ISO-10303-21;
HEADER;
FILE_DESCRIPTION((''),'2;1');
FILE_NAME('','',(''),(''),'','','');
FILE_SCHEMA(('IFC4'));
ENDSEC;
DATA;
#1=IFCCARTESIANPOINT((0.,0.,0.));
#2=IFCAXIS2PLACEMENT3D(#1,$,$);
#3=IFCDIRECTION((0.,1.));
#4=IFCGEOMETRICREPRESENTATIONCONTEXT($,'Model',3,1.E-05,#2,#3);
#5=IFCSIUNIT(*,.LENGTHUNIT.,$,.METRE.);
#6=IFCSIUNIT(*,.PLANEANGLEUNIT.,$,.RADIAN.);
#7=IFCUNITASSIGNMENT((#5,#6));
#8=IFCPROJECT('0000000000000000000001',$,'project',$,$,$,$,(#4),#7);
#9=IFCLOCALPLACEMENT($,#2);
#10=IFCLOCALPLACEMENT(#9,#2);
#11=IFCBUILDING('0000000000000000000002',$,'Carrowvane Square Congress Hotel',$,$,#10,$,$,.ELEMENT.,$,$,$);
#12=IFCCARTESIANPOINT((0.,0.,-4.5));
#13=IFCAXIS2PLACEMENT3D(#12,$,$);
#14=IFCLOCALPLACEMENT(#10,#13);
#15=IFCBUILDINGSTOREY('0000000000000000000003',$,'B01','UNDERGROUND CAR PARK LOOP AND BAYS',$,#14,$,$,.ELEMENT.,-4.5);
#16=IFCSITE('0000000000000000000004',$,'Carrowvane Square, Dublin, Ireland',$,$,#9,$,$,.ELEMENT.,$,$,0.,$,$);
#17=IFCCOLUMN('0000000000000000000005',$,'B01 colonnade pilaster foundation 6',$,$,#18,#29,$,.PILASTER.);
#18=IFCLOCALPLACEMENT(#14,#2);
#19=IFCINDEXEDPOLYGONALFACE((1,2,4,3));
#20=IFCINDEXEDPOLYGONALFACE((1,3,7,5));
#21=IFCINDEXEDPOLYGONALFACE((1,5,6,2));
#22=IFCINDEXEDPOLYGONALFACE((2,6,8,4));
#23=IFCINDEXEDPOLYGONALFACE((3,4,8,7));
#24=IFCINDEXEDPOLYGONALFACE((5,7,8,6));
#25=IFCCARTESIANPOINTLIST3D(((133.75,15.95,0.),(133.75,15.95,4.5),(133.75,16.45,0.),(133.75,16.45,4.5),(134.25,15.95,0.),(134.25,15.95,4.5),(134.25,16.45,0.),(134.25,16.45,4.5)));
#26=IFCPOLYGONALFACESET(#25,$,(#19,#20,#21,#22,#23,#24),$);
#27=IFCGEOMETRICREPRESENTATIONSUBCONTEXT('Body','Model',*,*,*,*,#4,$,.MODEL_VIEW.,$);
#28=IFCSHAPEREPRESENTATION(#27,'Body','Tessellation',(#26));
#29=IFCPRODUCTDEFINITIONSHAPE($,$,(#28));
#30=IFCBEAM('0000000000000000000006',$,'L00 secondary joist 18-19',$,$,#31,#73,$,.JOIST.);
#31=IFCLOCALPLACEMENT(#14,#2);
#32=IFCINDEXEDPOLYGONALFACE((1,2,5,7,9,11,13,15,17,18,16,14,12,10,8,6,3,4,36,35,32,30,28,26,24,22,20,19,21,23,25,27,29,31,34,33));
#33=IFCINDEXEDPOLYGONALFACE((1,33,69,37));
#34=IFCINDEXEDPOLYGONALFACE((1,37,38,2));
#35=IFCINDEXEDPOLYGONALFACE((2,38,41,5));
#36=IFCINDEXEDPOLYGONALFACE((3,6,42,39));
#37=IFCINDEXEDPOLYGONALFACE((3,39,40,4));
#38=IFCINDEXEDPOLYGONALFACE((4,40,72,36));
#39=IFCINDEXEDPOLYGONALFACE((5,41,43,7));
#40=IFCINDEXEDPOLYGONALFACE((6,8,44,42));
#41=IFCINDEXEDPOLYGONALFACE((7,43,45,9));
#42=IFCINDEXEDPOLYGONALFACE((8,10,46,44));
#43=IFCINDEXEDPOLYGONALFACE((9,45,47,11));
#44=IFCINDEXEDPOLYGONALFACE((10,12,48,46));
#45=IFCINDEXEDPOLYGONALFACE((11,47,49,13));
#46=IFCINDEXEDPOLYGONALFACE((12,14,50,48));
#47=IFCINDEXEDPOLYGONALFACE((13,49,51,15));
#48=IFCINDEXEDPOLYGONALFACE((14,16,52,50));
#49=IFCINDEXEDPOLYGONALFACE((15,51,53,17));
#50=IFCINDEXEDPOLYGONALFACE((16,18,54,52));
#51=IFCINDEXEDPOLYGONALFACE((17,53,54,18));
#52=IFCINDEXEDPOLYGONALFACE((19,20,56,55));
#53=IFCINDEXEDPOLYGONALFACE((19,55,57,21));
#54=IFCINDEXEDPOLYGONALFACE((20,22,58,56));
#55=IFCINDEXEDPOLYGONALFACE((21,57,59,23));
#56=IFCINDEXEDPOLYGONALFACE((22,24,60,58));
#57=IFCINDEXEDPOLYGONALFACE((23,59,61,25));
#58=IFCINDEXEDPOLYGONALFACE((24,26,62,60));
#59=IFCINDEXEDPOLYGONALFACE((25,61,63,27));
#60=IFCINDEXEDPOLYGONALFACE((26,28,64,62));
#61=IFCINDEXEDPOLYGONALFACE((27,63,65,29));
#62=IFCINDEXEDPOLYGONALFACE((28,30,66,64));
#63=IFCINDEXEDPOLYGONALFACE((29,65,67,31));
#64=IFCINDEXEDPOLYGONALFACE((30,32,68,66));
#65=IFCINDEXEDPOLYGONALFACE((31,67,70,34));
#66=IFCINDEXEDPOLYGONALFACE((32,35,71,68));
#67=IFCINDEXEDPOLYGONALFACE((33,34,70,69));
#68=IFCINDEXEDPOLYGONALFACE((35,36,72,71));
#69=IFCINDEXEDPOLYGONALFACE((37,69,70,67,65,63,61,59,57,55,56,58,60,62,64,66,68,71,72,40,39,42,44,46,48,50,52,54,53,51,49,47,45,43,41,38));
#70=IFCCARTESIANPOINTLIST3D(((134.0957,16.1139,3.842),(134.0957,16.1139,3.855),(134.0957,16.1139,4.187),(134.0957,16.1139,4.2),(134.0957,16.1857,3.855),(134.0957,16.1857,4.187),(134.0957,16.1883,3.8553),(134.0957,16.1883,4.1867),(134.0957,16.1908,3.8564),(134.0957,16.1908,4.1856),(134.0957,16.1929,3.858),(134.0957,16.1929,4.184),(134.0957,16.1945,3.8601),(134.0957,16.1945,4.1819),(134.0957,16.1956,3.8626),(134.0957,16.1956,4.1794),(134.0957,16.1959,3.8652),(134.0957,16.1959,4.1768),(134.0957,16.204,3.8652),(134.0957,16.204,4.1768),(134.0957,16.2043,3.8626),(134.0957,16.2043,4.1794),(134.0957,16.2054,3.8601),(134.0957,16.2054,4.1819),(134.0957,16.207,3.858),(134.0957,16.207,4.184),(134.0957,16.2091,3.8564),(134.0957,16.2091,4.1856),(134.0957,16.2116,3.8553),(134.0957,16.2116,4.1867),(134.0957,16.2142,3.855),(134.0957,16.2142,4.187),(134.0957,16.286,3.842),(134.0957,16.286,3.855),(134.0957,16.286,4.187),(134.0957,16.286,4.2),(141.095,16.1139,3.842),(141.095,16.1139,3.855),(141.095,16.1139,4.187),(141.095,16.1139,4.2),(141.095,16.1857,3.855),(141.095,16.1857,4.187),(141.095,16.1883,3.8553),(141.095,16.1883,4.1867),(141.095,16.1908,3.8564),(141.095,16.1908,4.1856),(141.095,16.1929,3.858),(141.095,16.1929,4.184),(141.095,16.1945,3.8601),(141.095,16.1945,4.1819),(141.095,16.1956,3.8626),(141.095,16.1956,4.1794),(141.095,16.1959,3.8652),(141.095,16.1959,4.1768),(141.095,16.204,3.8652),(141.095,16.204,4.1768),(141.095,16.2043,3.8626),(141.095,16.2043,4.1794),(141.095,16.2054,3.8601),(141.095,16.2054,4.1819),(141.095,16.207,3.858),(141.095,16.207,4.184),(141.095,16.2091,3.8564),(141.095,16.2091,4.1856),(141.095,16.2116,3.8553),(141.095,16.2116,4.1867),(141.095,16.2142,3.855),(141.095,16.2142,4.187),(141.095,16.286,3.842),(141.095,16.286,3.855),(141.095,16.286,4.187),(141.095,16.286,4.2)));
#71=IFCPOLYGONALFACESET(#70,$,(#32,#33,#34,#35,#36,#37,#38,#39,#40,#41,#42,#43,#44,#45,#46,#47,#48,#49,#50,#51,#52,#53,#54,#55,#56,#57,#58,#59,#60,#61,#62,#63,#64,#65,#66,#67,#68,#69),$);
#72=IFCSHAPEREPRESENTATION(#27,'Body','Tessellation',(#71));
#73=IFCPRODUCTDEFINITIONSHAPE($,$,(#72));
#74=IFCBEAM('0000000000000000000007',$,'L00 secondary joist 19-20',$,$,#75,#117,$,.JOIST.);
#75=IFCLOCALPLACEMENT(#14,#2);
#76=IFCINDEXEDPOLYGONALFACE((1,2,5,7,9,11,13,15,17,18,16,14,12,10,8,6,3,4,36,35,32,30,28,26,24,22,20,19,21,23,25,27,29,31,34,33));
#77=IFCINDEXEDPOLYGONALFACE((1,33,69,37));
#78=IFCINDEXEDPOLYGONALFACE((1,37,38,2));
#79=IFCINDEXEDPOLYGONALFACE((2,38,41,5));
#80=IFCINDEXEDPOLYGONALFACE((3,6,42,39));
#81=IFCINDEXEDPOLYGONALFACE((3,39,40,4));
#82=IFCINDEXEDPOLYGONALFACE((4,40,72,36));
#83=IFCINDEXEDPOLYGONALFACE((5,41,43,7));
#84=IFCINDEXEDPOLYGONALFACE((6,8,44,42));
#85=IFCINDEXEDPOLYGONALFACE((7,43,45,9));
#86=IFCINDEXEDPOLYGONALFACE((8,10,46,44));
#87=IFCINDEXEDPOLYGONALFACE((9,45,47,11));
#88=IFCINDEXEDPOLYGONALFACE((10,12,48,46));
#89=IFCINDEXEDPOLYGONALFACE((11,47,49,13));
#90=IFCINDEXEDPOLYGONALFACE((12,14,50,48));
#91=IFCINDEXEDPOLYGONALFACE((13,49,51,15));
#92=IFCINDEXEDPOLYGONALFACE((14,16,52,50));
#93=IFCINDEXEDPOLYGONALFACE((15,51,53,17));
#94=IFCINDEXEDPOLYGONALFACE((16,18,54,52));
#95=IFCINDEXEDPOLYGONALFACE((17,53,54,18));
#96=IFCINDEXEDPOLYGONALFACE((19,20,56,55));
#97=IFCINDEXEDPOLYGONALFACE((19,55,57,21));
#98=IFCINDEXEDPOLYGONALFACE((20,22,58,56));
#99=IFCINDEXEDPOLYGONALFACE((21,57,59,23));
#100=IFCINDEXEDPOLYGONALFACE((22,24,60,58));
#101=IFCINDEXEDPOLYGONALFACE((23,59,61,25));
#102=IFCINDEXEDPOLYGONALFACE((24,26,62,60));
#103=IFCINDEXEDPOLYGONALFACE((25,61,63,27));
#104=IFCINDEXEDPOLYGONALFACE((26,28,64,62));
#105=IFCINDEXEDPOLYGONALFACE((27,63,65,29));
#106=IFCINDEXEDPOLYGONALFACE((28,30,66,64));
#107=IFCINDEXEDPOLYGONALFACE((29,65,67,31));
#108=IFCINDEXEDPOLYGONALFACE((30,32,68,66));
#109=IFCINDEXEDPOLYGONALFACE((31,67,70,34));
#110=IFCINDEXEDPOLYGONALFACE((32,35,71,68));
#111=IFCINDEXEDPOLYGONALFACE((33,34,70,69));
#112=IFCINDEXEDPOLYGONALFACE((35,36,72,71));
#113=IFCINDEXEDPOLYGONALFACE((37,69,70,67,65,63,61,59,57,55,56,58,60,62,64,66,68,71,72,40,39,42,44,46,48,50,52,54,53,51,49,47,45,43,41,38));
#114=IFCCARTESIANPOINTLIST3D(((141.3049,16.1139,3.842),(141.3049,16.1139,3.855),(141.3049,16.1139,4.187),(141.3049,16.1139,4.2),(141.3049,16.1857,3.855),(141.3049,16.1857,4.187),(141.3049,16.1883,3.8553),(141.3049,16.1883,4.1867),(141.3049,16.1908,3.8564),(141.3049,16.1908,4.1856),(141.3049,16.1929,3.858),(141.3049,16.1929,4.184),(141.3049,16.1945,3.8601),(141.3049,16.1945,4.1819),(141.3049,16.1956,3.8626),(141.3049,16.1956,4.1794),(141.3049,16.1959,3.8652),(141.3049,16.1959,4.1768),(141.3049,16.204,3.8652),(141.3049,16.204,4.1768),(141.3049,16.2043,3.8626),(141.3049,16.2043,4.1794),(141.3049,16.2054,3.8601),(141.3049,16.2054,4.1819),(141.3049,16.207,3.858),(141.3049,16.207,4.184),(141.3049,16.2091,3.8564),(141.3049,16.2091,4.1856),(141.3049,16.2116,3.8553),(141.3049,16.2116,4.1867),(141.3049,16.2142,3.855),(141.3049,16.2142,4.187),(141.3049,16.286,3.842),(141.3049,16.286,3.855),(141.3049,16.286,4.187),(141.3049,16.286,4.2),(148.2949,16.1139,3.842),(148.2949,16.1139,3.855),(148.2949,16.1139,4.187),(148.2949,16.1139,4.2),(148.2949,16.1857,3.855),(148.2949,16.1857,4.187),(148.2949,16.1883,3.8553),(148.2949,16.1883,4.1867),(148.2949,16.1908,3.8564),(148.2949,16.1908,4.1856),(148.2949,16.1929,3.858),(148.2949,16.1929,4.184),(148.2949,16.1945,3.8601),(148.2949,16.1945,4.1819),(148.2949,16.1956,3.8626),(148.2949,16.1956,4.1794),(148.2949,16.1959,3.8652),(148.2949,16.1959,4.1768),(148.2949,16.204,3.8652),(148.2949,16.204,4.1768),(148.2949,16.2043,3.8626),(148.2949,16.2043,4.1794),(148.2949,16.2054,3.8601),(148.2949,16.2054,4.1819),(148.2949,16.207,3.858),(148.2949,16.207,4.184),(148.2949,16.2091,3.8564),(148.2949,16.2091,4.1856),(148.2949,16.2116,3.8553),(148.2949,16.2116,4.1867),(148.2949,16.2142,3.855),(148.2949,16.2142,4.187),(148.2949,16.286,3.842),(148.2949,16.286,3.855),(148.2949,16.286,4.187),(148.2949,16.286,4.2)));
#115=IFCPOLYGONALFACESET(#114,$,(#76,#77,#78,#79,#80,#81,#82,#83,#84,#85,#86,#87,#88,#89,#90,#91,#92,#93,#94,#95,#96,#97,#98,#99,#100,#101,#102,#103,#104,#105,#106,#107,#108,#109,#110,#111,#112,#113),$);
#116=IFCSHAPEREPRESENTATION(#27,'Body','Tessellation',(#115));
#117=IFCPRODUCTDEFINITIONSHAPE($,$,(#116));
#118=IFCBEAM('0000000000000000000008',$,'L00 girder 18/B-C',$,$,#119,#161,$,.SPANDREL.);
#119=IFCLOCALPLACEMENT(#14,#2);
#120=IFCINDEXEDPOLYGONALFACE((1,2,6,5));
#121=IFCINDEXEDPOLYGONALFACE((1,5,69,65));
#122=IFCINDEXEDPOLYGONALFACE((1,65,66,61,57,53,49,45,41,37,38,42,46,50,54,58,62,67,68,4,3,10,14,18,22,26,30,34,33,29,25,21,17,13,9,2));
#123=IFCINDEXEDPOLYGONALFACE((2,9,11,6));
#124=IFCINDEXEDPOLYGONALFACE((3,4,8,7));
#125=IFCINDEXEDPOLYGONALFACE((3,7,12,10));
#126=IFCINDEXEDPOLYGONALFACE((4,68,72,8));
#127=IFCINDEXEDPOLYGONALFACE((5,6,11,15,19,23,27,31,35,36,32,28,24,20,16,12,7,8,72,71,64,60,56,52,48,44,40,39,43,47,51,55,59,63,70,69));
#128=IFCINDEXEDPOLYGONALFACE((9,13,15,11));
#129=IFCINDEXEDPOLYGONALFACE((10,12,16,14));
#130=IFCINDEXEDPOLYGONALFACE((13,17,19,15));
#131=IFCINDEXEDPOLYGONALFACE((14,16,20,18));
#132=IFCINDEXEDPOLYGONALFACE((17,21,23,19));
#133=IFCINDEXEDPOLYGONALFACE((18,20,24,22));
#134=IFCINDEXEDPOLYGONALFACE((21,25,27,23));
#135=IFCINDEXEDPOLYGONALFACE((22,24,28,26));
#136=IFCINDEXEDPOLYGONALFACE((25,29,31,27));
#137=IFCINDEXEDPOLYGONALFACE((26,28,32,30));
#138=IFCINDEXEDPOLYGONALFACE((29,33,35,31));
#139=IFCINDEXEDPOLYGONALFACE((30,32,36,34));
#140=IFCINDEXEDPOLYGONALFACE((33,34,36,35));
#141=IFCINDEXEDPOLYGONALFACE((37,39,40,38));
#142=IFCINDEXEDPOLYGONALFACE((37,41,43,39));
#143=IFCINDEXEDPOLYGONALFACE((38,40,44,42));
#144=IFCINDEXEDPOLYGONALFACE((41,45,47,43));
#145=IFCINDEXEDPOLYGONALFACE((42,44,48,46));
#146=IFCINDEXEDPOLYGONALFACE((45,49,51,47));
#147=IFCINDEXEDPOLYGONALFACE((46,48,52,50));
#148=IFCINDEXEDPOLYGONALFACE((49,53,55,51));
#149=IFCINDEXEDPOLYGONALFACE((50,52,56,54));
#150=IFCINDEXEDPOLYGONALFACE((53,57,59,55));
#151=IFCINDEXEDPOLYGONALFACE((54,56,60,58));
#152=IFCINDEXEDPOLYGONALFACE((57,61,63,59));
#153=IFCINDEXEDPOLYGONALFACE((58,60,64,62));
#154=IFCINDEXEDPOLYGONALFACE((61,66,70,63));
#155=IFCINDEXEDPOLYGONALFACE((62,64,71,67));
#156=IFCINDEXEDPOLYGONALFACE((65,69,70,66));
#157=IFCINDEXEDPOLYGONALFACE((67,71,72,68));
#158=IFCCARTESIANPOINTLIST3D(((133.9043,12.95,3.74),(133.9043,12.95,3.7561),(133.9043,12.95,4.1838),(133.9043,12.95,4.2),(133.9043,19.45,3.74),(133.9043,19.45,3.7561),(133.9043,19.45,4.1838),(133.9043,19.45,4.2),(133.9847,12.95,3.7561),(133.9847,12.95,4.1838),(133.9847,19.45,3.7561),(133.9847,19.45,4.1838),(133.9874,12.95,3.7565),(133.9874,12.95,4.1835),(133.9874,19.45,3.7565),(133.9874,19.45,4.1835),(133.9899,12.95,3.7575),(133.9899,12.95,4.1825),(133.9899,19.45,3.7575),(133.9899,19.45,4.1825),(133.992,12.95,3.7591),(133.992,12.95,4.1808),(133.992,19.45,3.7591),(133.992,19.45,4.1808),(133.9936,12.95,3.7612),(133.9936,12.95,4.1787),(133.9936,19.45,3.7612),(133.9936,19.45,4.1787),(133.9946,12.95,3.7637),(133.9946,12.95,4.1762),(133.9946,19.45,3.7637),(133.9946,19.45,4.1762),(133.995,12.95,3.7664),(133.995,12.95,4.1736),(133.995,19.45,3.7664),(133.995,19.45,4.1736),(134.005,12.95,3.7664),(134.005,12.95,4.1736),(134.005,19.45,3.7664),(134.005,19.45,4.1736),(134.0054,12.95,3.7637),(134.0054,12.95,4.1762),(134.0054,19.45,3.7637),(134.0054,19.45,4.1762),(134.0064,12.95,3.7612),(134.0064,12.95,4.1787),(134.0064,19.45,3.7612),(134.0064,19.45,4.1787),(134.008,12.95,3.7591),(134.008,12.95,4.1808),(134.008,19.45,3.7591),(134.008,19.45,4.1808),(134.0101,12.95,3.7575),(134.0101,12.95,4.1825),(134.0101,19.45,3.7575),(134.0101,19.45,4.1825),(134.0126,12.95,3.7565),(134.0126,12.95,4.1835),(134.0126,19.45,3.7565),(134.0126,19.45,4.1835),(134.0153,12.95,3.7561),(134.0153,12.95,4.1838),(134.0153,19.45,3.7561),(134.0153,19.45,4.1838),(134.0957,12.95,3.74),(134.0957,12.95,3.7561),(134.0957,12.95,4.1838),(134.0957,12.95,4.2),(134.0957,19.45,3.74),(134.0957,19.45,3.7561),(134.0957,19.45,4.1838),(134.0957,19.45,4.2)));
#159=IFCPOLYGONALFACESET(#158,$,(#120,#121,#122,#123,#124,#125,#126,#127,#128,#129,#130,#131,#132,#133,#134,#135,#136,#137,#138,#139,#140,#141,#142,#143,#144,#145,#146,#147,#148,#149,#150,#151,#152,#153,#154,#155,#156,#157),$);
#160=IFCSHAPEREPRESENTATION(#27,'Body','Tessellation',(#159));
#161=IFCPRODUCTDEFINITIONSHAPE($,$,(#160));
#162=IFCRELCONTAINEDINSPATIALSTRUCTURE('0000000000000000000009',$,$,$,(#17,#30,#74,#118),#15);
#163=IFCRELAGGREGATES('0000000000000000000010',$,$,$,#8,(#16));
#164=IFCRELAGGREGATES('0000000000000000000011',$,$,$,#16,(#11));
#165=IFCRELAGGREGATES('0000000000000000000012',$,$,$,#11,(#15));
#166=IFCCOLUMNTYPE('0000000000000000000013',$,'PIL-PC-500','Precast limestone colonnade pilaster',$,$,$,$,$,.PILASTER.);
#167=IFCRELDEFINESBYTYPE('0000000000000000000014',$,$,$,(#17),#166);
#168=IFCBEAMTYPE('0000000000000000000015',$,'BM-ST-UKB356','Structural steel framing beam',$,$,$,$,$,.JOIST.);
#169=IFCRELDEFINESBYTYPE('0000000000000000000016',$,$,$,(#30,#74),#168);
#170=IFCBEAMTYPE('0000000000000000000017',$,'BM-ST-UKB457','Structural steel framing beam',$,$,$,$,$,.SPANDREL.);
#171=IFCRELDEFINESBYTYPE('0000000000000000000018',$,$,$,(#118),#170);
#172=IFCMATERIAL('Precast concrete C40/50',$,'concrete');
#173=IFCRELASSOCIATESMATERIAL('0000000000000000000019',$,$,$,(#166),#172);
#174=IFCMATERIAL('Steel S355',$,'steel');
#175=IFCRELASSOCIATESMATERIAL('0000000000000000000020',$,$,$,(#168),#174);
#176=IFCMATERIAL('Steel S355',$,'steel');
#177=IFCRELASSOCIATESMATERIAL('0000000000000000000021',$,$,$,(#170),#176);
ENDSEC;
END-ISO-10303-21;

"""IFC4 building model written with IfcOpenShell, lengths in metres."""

from ifc_helpers import new_model, si_unit, direction, frame, origin, origin_2d, place, context, subcontext, project, spatial, rectangle, i_section, extrude, material, material_profile, profile_set, type_object, element, save


model = new_model("IFC4")

# Units and contexts
model_context = context("Model", 3, precision=1e-05, world=origin(), true_north=direction((0.0, 1.0)))
body_context = subcontext(model_context, "Body", "Model", "MODEL_VIEW")
ifc_project = project(units=[si_unit("LENGTHUNIT", "METRE"), si_unit("PLANEANGLEUNIT", "RADIAN")], contexts=[model_context])

# Site, building, storey
site_placement = place(None, origin())
site = spatial("IfcSite", under=ifc_project, at=site_placement, Name="Carrowvane Square, Dublin, Ireland", CompositionType="ELEMENT", RefElevation=0.0)
building_placement = place(site_placement, origin())
building = spatial("IfcBuilding", under=site, at=building_placement, Name="Carrowvane Square Congress Hotel", CompositionType="ELEMENT")
storey_placement = place(building_placement, frame((0.0, 0.0, -4.5)))
storey = spatial("IfcBuildingStorey", under=building, at=storey_placement, Name="B01", Description="UNDERGROUND CAR PARK LOOP AND BAYS", CompositionType="ELEMENT", Elevation=-4.5)

# Column
ifc_material_1 = material(Name="Precast concrete C40/50", Category="concrete")
ifc_material_profile_1 = material_profile(ifc_material_1, rectangle(XDim=0.5, YDim=0.5, at=origin_2d()), Name="RC 500x500")
ifc_profile_set_1 = profile_set([ifc_material_profile_1], Name="Precast concrete C40/50")
column_type_1 = type_object("IfcColumnType", Name="PIL-PC-500", Description="Precast limestone colonnade pilaster", PredefinedType="PILASTER", material=ifc_profile_set_1)
column_1_placement = place(storey_placement, frame((134.0, 16.2, 0.0), z_axis=(0.0, 0.0, 1.0), x_axis=(1.0, 0.0, 0.0)))
element("IfcColumn", 1, at=column_1_placement, inside=storey, type_object=column_type_1, Name="B01 colonnade pilaster foundation 6", PredefinedType="PILASTER", context=body_context, shape_type="SweptSolid", body=[
    extrude(rectangle(XDim=0.5, YDim=0.5, at=origin_2d()), origin(), (0.0, 0.0, 1.0), 4.5),
])

# Beams
ifc_material_2 = material(Name="Steel S355", Category="steel")
ifc_material_profile_2 = material_profile(ifc_material_2, i_section(OverallWidth=0.1721, OverallDepth=0.3579, WebThickness=0.0081, FlangeThickness=0.0129, FilletRadius=0.0103, at=origin_2d()), Name="UKB 356x171x57")
ifc_profile_set_2 = profile_set([ifc_material_profile_2], Name="Steel S355")
beam_type_1 = type_object("IfcBeamType", Name="BM-ST-UKB356", Description="Structural steel framing beam", PredefinedType="JOIST", material=ifc_profile_set_2)
beam_1_placement = place(storey_placement, frame((134.0957, 16.2, 4.021), z_axis=(1.0, 0.0, 0.0), x_axis=(0.0, 1.0, 0.0)))
element("IfcBeam", 2, at=beam_1_placement, inside=storey, type_object=beam_type_1, Name="L00 secondary joist 18-19", PredefinedType="JOIST", context=body_context, shape_type="SweptSolid", body=[
    extrude(i_section(OverallWidth=0.1721, OverallDepth=0.3579, WebThickness=0.0081, FlangeThickness=0.0129, FilletRadius=0.0103, at=origin_2d()), origin(), (0.0, 0.0, 1.0), 6.9993),
])
beam_2_placement = place(storey_placement, frame((141.3049, 16.2, 4.021), z_axis=(1.0, 0.0, 0.0), x_axis=(0.0, 1.0, 0.0)))
element("IfcBeam", 3, at=beam_2_placement, inside=storey, type_object=beam_type_1, Name="L00 secondary joist 19-20", PredefinedType="JOIST", context=body_context, shape_type="SweptSolid", body=[
    extrude(i_section(OverallWidth=0.1721, OverallDepth=0.3579, WebThickness=0.0081, FlangeThickness=0.0129, FilletRadius=0.0103, at=origin_2d()), origin(), (0.0, 0.0, 1.0), 6.99),
])
ifc_material_3 = material(Name="Steel S355", Category="steel")
ifc_material_profile_3 = material_profile(ifc_material_3, i_section(OverallWidth=0.1914, OverallDepth=0.46, WebThickness=0.01, FlangeThickness=0.0161, FilletRadius=0.0103, at=origin_2d()), Name="UKB 457x191x82")
ifc_profile_set_3 = profile_set([ifc_material_profile_3], Name="Steel S355")
beam_type_2 = type_object("IfcBeamType", Name="BM-ST-UKB457", Description="Structural steel framing beam", PredefinedType="SPANDREL", material=ifc_profile_set_3)
beam_3_placement = place(storey_placement, frame((134.0, 12.95, 3.97), z_axis=(0.0, 1.0, 0.0), x_axis=(-1.0, 0.0, 0.0)))
element("IfcBeam", 4, at=beam_3_placement, inside=storey, type_object=beam_type_2, Name="L00 girder 18/B-C", PredefinedType="SPANDREL", context=body_context, shape_type="SweptSolid", body=[
    extrude(i_section(OverallWidth=0.1914, OverallDepth=0.46, WebThickness=0.01, FlangeThickness=0.0161, FilletRadius=0.0103, at=origin_2d()), origin(), (0.0, 0.0, 1.0), 6.5),
])

save(model, "model.ifc")
